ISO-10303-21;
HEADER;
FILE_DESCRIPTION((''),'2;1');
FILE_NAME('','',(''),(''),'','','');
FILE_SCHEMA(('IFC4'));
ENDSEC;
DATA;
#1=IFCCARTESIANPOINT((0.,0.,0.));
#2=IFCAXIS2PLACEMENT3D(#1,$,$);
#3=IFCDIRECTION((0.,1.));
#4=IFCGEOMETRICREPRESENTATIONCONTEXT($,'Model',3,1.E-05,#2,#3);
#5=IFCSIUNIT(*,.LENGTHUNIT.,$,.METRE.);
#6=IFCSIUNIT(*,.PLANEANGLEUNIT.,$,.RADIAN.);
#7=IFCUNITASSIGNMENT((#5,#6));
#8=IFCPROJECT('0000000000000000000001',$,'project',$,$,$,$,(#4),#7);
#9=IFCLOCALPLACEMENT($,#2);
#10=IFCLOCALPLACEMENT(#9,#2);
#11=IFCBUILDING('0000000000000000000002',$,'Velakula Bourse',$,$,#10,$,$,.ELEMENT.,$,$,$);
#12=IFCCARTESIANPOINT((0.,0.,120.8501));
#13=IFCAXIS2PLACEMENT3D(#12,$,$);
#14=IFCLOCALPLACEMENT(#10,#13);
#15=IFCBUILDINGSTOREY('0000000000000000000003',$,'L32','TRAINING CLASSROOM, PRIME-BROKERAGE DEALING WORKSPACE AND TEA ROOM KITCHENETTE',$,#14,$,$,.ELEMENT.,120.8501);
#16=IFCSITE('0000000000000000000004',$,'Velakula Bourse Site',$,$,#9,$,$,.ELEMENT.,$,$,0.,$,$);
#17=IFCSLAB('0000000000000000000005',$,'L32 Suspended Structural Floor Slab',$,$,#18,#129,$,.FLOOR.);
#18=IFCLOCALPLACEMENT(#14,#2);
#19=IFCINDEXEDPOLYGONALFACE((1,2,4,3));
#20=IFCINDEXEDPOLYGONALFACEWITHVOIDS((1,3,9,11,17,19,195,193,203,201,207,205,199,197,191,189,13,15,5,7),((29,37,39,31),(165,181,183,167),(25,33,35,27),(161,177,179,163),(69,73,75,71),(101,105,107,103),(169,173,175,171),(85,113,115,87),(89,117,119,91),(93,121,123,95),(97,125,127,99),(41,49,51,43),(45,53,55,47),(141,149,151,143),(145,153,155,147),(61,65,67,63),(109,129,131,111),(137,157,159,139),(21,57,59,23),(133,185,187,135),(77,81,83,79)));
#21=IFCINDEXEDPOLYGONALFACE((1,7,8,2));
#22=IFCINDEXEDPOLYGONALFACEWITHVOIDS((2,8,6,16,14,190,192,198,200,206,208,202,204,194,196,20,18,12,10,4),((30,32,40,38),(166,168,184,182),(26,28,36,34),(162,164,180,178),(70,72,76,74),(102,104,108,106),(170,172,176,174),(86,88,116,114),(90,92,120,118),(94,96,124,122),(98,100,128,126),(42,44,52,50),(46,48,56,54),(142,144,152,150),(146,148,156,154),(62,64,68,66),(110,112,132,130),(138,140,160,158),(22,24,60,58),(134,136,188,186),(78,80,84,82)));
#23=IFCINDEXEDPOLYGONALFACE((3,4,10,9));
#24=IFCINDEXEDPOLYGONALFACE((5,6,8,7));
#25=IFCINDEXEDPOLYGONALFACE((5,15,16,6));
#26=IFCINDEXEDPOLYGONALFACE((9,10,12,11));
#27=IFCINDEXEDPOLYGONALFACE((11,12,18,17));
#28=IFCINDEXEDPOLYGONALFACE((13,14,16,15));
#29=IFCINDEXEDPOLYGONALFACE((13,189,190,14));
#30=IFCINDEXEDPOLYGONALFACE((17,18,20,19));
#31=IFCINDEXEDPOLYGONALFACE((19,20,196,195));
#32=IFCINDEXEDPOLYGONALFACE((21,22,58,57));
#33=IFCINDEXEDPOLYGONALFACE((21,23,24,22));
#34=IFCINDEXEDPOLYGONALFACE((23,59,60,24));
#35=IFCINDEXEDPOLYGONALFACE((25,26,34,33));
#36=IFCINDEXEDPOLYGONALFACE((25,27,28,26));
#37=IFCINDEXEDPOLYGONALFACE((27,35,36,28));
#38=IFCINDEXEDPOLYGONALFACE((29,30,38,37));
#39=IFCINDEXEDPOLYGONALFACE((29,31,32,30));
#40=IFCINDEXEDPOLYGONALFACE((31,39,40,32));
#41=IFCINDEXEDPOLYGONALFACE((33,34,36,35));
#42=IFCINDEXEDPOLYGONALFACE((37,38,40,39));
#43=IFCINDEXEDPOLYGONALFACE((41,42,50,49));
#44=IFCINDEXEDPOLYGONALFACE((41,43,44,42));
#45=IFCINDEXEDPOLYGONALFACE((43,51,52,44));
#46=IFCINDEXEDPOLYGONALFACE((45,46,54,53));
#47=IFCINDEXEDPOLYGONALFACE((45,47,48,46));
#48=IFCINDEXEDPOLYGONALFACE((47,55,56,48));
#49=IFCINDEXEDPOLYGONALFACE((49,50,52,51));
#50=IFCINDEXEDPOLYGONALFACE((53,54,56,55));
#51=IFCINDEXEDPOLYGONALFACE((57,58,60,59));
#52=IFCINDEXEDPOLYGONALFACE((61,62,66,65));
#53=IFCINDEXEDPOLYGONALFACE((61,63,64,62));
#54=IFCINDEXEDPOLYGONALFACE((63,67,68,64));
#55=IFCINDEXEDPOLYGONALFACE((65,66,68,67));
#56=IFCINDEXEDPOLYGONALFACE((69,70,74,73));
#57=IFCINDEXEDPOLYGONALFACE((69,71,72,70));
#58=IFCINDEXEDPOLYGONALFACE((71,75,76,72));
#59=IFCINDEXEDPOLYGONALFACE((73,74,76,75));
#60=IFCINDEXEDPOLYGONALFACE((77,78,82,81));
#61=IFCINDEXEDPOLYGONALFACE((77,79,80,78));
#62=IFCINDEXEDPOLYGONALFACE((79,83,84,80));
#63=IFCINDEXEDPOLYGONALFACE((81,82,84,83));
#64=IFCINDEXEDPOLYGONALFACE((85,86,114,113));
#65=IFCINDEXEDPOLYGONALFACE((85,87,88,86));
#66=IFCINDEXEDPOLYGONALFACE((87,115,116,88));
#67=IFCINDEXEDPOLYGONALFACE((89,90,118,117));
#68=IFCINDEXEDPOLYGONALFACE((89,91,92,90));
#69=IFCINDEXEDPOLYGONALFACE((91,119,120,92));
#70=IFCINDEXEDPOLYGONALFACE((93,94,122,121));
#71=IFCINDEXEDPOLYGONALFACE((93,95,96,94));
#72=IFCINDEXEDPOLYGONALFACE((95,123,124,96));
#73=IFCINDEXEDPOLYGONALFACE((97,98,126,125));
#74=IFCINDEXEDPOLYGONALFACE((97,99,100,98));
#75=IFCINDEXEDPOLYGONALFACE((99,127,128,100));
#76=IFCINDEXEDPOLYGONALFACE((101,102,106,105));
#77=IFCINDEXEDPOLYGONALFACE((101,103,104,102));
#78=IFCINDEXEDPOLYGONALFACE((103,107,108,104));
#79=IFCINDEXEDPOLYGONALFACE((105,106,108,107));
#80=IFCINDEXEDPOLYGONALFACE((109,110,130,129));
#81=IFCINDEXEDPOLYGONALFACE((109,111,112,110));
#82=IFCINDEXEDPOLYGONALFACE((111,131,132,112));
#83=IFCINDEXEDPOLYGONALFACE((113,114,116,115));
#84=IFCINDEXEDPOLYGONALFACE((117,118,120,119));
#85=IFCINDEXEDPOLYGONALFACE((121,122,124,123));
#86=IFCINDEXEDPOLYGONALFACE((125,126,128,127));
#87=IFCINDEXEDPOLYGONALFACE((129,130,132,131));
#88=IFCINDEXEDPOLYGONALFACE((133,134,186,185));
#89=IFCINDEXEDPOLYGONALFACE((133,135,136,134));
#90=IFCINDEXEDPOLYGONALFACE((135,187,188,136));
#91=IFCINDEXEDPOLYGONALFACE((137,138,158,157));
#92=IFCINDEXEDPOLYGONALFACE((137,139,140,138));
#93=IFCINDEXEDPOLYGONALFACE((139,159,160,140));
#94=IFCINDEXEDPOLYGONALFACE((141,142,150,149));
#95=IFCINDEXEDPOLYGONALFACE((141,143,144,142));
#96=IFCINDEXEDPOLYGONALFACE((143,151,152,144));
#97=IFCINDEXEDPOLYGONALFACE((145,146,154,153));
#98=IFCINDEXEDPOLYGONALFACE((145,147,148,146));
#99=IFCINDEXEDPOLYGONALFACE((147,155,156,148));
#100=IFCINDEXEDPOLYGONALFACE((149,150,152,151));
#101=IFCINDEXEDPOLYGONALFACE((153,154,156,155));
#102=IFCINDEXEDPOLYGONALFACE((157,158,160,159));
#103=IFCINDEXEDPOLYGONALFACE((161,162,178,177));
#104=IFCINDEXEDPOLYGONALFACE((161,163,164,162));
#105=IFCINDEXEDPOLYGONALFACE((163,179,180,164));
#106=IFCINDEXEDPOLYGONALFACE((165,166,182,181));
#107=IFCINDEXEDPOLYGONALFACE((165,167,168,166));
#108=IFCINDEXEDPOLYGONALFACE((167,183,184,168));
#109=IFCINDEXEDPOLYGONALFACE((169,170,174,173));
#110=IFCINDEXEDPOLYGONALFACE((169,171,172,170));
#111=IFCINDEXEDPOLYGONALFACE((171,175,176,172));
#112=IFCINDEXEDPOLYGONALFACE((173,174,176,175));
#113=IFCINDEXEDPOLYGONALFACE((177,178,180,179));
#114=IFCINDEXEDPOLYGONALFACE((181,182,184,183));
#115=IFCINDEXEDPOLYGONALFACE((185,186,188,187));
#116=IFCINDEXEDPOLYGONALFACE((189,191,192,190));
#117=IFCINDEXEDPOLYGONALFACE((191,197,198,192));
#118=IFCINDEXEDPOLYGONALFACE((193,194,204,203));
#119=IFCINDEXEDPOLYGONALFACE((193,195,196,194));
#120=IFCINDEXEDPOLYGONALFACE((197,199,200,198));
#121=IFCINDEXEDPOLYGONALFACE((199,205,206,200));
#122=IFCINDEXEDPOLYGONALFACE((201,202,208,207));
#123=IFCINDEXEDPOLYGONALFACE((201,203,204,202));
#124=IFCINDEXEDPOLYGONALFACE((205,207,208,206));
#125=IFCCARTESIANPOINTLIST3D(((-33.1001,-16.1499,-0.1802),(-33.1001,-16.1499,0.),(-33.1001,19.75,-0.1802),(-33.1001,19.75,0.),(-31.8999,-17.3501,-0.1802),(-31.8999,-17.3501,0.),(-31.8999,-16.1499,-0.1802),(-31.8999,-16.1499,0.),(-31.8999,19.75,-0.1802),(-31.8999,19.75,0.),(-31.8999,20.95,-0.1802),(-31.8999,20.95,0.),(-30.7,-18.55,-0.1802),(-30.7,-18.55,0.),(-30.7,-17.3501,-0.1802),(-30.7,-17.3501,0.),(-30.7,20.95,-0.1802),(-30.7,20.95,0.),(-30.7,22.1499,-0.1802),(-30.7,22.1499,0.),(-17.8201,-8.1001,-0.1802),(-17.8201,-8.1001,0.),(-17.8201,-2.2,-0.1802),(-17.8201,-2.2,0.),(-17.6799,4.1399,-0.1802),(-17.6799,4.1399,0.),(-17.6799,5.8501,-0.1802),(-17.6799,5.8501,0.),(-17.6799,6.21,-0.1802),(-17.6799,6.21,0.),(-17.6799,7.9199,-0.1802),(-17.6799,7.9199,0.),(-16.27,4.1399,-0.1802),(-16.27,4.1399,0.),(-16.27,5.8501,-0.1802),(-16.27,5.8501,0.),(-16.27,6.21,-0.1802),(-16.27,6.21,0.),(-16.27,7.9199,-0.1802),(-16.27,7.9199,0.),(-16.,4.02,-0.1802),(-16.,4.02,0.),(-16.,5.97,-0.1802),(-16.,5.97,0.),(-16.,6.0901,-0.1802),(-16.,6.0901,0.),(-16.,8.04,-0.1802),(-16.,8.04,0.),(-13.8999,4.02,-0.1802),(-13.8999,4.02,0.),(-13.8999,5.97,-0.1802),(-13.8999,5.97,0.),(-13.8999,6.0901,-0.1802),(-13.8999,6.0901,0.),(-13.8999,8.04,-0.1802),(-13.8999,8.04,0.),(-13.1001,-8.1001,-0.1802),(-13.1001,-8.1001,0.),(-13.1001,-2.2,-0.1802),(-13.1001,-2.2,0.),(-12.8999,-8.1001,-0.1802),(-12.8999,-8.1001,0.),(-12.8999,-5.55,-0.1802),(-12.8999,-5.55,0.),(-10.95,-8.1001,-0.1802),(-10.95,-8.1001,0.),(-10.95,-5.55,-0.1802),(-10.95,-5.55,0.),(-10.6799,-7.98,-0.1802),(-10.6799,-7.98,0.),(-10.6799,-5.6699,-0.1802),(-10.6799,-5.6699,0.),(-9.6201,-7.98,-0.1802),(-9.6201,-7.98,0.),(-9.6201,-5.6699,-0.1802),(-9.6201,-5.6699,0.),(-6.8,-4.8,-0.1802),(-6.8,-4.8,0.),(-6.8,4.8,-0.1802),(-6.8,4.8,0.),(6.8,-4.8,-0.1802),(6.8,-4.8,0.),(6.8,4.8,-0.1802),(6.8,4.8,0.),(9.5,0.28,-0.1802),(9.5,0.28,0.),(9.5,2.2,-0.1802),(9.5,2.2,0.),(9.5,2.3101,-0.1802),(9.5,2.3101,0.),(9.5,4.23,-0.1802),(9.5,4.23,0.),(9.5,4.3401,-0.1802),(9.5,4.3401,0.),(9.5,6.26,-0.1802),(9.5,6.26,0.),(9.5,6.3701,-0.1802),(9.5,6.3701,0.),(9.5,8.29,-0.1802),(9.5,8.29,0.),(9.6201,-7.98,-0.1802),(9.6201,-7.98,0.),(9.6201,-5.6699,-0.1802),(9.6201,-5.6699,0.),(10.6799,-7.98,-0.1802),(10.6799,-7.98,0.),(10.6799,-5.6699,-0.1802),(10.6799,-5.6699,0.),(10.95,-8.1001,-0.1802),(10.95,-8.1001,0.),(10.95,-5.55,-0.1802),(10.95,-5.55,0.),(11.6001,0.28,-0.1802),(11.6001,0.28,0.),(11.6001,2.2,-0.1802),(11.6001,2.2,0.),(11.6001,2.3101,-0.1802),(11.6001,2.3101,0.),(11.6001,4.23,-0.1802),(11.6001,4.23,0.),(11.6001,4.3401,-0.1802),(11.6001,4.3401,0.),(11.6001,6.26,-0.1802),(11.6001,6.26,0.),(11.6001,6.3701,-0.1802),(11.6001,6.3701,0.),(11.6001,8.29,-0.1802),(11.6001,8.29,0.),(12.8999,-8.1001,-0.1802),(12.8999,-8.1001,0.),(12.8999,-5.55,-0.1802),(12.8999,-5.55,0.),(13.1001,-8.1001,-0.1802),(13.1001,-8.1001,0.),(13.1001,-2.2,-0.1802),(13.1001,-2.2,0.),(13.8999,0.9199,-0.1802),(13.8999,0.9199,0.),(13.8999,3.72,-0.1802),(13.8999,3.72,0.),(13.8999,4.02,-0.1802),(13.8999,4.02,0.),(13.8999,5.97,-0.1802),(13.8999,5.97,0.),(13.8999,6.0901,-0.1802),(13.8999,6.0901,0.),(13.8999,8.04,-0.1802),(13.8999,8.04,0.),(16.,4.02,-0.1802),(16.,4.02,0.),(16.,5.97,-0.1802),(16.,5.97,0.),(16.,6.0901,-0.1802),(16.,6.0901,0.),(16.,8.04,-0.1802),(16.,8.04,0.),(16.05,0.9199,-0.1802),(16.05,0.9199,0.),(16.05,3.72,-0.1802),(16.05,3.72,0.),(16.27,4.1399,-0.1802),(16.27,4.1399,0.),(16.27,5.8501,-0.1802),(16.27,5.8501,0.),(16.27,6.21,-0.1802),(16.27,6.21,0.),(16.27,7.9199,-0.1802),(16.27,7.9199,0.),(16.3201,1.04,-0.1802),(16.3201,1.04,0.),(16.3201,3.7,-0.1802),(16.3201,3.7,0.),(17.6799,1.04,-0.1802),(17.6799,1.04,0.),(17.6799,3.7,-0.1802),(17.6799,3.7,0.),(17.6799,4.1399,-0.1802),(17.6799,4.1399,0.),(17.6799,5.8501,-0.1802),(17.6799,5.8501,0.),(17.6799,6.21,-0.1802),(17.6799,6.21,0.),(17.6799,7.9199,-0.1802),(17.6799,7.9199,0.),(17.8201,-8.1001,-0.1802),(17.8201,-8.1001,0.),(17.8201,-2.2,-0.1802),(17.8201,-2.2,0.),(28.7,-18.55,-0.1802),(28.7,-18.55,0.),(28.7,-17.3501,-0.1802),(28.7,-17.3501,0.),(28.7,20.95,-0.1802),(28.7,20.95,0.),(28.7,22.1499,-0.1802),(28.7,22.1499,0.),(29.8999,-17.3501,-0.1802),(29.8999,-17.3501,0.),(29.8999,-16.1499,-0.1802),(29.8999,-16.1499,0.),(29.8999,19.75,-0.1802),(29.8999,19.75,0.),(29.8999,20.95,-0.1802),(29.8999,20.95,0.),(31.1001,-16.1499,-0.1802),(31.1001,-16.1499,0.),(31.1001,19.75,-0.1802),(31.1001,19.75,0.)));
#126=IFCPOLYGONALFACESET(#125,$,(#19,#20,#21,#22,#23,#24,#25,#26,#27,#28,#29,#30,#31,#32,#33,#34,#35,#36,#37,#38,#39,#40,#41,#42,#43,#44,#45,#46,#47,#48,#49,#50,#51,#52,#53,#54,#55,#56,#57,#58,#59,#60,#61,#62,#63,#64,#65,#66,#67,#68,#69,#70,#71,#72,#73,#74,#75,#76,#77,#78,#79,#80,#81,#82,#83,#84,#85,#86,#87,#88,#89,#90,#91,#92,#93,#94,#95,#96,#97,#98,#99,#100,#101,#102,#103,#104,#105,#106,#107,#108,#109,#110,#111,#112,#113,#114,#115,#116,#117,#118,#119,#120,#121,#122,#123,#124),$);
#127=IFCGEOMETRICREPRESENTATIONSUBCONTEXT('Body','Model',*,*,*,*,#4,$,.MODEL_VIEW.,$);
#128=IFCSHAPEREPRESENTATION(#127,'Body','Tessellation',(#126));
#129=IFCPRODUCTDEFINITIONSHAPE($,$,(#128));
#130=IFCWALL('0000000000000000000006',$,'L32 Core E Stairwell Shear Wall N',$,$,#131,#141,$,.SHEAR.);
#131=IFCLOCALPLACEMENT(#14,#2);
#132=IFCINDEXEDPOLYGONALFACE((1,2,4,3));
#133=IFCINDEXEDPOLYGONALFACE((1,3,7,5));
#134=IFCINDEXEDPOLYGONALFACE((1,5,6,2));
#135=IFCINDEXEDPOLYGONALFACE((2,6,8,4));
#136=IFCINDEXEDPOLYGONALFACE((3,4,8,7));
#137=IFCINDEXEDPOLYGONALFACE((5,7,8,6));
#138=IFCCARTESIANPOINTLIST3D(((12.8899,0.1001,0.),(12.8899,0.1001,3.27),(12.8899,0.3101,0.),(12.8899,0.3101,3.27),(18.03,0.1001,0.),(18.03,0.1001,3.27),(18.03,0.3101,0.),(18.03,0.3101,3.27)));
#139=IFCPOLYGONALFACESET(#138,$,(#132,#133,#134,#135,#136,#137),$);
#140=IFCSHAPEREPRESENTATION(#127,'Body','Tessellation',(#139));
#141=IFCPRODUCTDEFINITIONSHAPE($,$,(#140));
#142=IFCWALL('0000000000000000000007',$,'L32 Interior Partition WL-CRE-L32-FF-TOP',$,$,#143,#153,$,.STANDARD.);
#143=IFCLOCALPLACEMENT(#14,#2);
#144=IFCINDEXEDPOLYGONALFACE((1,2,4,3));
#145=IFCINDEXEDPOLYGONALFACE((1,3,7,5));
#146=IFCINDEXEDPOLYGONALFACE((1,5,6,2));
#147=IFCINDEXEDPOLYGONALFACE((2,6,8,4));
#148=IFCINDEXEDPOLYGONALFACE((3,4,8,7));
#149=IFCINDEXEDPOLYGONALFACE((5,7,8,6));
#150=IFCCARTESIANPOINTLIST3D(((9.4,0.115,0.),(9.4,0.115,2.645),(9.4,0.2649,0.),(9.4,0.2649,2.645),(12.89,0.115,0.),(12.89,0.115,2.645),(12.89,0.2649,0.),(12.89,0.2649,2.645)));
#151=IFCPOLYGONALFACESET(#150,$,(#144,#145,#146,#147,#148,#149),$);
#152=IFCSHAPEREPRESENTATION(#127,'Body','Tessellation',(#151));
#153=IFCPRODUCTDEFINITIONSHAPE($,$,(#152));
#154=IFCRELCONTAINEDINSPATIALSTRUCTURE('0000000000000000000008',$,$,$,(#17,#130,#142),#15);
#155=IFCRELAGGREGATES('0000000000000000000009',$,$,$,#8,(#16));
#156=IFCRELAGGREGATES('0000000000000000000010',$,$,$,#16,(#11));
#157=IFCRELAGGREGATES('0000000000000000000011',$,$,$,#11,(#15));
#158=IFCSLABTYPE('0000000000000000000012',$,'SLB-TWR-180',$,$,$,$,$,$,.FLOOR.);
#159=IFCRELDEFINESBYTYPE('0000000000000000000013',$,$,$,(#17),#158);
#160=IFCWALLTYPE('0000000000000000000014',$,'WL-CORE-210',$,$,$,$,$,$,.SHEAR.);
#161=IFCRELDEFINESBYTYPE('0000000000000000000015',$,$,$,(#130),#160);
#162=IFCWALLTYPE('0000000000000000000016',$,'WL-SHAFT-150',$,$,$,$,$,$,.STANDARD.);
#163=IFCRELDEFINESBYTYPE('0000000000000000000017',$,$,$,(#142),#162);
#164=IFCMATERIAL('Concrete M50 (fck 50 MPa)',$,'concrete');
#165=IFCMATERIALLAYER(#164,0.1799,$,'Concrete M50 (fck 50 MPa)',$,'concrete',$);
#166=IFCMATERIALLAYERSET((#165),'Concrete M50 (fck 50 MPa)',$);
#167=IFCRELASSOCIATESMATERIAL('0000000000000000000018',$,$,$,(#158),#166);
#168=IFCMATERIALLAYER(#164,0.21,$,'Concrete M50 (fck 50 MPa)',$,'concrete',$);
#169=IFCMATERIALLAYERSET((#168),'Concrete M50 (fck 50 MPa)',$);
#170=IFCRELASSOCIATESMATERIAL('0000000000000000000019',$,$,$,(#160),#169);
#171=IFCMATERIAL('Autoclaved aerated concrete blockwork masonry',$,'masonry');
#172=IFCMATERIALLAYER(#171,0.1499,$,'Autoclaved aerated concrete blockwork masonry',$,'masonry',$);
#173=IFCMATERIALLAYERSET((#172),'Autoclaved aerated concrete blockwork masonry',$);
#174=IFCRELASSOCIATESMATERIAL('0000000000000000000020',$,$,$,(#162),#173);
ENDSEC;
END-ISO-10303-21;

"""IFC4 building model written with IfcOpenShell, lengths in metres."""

from ifc_helpers import new_model, si_unit, direction, frame, frame_2d, origin, place, context, subcontext, project, spatial, polyline, rectangle, outline, extrude, material, layer, layer_set, type_object, element, save


model = new_model("IFC4")

# Units and contexts
model_context = context("Model", 3, precision=1e-05, world=origin(), true_north=direction((0.0, 1.0)))
body_context = subcontext(model_context, "Body", "Model", "MODEL_VIEW")
ifc_project = project(units=[si_unit("LENGTHUNIT", "METRE"), si_unit("PLANEANGLEUNIT", "RADIAN")], contexts=[model_context])

# Site, building, storey
site_placement = place(None, origin())
site = spatial("IfcSite", under=ifc_project, at=site_placement, Name="Velakula Bourse Site", CompositionType="ELEMENT", RefElevation=0.0)
building_placement = place(site_placement, origin())
building = spatial("IfcBuilding", under=site, at=building_placement, Name="Velakula Bourse", CompositionType="ELEMENT")
storey_placement = place(building_placement, frame((0.0, 0.0, 120.8501)))
storey = spatial("IfcBuildingStorey", under=building, at=storey_placement, Name="L32", Description="TRAINING CLASSROOM, PRIME-BROKERAGE DEALING WORKSPACE AND TEA ROOM KITCHENETTE", CompositionType="ELEMENT", Elevation=120.8501)

# Slab
ifc_material_1 = material(Name="Concrete M50 (fck 50 MPa)", Category="concrete")
ifc_layer_1 = layer(ifc_material_1, 0.1799, Name="Concrete M50 (fck 50 MPa)", Category="concrete")
ifc_layer_set_1 = layer_set([ifc_layer_1], Name="Concrete M50 (fck 50 MPa)")
slab_type_1 = type_object("IfcSlabType", Name="SLB-TWR-180", PredefinedType="FLOOR", material=ifc_layer_set_1)
slab_1_placement = place(storey_placement, frame((0.0, 0.0, -0.1802)))
element("IfcSlab", 1, at=slab_1_placement, inside=storey, type_object=slab_type_1, Name="L32 Suspended Structural Floor Slab", PredefinedType="FLOOR", context=body_context, shape_type="SweptSolid", body=[
    extrude(outline(polyline([(-30.7, -18.55), (28.7, -18.55), (28.7, -17.3501), (29.8999, -17.3501), (29.8999, -16.1499), (31.1001, -16.1499), (31.1001, 19.75), (29.8999, 19.75), (29.8999, 20.95), (28.7, 20.95), (28.7, 22.1499), (-30.7, 22.1499), (-30.7, 20.95), (-31.8999, 20.95), (-31.8999, 19.75), (-33.1001, 19.75), (-33.1001, -16.1499), (-31.8999, -16.1499), (-31.8999, -17.3501), (-30.7, -17.3501), (-30.7, -18.55)]), holes=[polyline([(-17.8201, -8.1001), (-13.1001, -8.1001), (-13.1001, -2.2), (-17.8201, -2.2), (-17.8201, -8.1001)]), polyline([(13.1001, -8.1001), (17.8201, -8.1001), (17.8201, -2.2), (13.1001, -2.2), (13.1001, -8.1001)]), polyline([(-12.8999, -8.1001), (-10.95, -8.1001), (-10.95, -5.55), (-12.8999, -5.55), (-12.8999, -8.1001)]), polyline([(10.95, -8.1001), (12.8999, -8.1001), (12.8999, -5.55), (10.95, -5.55), (10.95, -8.1001)]), polyline([(13.8999, 0.9199), (16.05, 0.9199), (16.05, 3.72), (13.8999, 3.72), (13.8999, 0.9199)]), polyline([(-10.6799, -7.98), (-9.6201, -7.98), (-9.6201, -5.6699), (-10.6799, -5.6699), (-10.6799, -7.98)]), polyline([(-17.6799, 4.1399), (-16.27, 4.1399), (-16.27, 5.8501), (-17.6799, 5.8501), (-17.6799, 4.1399)]), polyline([(-17.6799, 6.21), (-16.27, 6.21), (-16.27, 7.9199), (-17.6799, 7.9199), (-17.6799, 6.21)]), polyline([(9.6201, -7.98), (10.6799, -7.98), (10.6799, -5.6699), (9.6201, -5.6699), (9.6201, -7.98)]), polyline([(16.27, 4.1399), (17.6799, 4.1399), (17.6799, 5.8501), (16.27, 5.8501), (16.27, 4.1399)]), polyline([(16.27, 6.21), (17.6799, 6.21), (17.6799, 7.9199), (16.27, 7.9199), (16.27, 6.21)]), polyline([(16.3201, 1.04), (17.6799, 1.04), (17.6799, 3.7), (16.3201, 3.7), (16.3201, 1.04)]), polyline([(9.5, 0.28), (11.6001, 0.28), (11.6001, 2.2), (9.5, 2.2), (9.5, 0.28)]), polyline([(9.5, 2.3101), (11.6001, 2.3101), (11.6001, 4.23), (9.5, 4.23), (9.5, 2.3101)]), polyline([(9.5, 4.3401), (11.6001, 4.3401), (11.6001, 6.26), (9.5, 6.26), (9.5, 4.3401)]), polyline([(9.5, 6.3701), (11.6001, 6.3701), (11.6001, 8.29), (9.5, 8.29), (9.5, 6.3701)]), polyline([(-16.0, 4.02), (-13.8999, 4.02), (-13.8999, 5.97), (-16.0, 5.97), (-16.0, 4.02)]), polyline([(-16.0, 6.0901), (-13.8999, 6.0901), (-13.8999, 8.04), (-16.0, 8.04), (-16.0, 6.0901)]), polyline([(13.8999, 4.02), (16.0, 4.02), (16.0, 5.97), (13.8999, 5.97), (13.8999, 4.02)]), polyline([(13.8999, 6.0901), (16.0, 6.0901), (16.0, 8.04), (13.8999, 8.04), (13.8999, 6.0901)]), polyline([(-6.8, -4.8), (6.8, -4.8), (6.8, 4.8), (-6.8, 4.8), (-6.8, -4.8)])]), origin(), (0.0, 0.0, 1.0), 0.1802),
])

# Walls
ifc_layer_2 = layer(ifc_material_1, 0.21, Name="Concrete M50 (fck 50 MPa)", Category="concrete")
ifc_layer_set_2 = layer_set([ifc_layer_2], Name="Concrete M50 (fck 50 MPa)")
wall_type_1 = type_object("IfcWallType", Name="WL-CORE-210", PredefinedType="SHEAR", material=ifc_layer_set_2)
wall_1_placement = place(storey_placement, frame((18.03, 0.2051, 0.0), z_axis=(0.0, 0.0, 1.0), x_axis=(-1.0, 0.0, 0.0)))
element("IfcWall", 2, at=wall_1_placement, inside=storey, type_object=wall_type_1, Name="L32 Core E Stairwell Shear Wall N", PredefinedType="SHEAR", context=body_context, shape_type="SweptSolid", body=[
    extrude(rectangle(XDim=5.1401, YDim=0.21, at=frame_2d((2.5701, 0.0))), origin(), (0.0, 0.0, 1.0), 3.27),
])
ifc_material_2 = material(Name="Autoclaved aerated concrete blockwork masonry", Category="masonry")
ifc_layer_3 = layer(ifc_material_2, 0.1499, Name="Autoclaved aerated concrete blockwork masonry", Category="masonry")
ifc_layer_set_3 = layer_set([ifc_layer_3], Name="Autoclaved aerated concrete blockwork masonry")
wall_type_2 = type_object("IfcWallType", Name="WL-SHAFT-150", PredefinedType="STANDARD", material=ifc_layer_set_3)
wall_2_placement = place(storey_placement, frame((9.3999, 0.1899, 0.0), z_axis=(0.0, 0.0, 1.0), x_axis=(1.0, 0.0, 0.0)))
element("IfcWall", 3, at=wall_2_placement, inside=storey, type_object=wall_type_2, Name="L32 Interior Partition WL-CRE-L32-FF-TOP", PredefinedType="STANDARD", context=body_context, shape_type="SweptSolid", body=[
    extrude(rectangle(XDim=3.49, YDim=0.1499, at=frame_2d((1.7451, 0.0))), origin(), (0.0, 0.0, 1.0), 2.645),
])

save(model, "model.ifc")
